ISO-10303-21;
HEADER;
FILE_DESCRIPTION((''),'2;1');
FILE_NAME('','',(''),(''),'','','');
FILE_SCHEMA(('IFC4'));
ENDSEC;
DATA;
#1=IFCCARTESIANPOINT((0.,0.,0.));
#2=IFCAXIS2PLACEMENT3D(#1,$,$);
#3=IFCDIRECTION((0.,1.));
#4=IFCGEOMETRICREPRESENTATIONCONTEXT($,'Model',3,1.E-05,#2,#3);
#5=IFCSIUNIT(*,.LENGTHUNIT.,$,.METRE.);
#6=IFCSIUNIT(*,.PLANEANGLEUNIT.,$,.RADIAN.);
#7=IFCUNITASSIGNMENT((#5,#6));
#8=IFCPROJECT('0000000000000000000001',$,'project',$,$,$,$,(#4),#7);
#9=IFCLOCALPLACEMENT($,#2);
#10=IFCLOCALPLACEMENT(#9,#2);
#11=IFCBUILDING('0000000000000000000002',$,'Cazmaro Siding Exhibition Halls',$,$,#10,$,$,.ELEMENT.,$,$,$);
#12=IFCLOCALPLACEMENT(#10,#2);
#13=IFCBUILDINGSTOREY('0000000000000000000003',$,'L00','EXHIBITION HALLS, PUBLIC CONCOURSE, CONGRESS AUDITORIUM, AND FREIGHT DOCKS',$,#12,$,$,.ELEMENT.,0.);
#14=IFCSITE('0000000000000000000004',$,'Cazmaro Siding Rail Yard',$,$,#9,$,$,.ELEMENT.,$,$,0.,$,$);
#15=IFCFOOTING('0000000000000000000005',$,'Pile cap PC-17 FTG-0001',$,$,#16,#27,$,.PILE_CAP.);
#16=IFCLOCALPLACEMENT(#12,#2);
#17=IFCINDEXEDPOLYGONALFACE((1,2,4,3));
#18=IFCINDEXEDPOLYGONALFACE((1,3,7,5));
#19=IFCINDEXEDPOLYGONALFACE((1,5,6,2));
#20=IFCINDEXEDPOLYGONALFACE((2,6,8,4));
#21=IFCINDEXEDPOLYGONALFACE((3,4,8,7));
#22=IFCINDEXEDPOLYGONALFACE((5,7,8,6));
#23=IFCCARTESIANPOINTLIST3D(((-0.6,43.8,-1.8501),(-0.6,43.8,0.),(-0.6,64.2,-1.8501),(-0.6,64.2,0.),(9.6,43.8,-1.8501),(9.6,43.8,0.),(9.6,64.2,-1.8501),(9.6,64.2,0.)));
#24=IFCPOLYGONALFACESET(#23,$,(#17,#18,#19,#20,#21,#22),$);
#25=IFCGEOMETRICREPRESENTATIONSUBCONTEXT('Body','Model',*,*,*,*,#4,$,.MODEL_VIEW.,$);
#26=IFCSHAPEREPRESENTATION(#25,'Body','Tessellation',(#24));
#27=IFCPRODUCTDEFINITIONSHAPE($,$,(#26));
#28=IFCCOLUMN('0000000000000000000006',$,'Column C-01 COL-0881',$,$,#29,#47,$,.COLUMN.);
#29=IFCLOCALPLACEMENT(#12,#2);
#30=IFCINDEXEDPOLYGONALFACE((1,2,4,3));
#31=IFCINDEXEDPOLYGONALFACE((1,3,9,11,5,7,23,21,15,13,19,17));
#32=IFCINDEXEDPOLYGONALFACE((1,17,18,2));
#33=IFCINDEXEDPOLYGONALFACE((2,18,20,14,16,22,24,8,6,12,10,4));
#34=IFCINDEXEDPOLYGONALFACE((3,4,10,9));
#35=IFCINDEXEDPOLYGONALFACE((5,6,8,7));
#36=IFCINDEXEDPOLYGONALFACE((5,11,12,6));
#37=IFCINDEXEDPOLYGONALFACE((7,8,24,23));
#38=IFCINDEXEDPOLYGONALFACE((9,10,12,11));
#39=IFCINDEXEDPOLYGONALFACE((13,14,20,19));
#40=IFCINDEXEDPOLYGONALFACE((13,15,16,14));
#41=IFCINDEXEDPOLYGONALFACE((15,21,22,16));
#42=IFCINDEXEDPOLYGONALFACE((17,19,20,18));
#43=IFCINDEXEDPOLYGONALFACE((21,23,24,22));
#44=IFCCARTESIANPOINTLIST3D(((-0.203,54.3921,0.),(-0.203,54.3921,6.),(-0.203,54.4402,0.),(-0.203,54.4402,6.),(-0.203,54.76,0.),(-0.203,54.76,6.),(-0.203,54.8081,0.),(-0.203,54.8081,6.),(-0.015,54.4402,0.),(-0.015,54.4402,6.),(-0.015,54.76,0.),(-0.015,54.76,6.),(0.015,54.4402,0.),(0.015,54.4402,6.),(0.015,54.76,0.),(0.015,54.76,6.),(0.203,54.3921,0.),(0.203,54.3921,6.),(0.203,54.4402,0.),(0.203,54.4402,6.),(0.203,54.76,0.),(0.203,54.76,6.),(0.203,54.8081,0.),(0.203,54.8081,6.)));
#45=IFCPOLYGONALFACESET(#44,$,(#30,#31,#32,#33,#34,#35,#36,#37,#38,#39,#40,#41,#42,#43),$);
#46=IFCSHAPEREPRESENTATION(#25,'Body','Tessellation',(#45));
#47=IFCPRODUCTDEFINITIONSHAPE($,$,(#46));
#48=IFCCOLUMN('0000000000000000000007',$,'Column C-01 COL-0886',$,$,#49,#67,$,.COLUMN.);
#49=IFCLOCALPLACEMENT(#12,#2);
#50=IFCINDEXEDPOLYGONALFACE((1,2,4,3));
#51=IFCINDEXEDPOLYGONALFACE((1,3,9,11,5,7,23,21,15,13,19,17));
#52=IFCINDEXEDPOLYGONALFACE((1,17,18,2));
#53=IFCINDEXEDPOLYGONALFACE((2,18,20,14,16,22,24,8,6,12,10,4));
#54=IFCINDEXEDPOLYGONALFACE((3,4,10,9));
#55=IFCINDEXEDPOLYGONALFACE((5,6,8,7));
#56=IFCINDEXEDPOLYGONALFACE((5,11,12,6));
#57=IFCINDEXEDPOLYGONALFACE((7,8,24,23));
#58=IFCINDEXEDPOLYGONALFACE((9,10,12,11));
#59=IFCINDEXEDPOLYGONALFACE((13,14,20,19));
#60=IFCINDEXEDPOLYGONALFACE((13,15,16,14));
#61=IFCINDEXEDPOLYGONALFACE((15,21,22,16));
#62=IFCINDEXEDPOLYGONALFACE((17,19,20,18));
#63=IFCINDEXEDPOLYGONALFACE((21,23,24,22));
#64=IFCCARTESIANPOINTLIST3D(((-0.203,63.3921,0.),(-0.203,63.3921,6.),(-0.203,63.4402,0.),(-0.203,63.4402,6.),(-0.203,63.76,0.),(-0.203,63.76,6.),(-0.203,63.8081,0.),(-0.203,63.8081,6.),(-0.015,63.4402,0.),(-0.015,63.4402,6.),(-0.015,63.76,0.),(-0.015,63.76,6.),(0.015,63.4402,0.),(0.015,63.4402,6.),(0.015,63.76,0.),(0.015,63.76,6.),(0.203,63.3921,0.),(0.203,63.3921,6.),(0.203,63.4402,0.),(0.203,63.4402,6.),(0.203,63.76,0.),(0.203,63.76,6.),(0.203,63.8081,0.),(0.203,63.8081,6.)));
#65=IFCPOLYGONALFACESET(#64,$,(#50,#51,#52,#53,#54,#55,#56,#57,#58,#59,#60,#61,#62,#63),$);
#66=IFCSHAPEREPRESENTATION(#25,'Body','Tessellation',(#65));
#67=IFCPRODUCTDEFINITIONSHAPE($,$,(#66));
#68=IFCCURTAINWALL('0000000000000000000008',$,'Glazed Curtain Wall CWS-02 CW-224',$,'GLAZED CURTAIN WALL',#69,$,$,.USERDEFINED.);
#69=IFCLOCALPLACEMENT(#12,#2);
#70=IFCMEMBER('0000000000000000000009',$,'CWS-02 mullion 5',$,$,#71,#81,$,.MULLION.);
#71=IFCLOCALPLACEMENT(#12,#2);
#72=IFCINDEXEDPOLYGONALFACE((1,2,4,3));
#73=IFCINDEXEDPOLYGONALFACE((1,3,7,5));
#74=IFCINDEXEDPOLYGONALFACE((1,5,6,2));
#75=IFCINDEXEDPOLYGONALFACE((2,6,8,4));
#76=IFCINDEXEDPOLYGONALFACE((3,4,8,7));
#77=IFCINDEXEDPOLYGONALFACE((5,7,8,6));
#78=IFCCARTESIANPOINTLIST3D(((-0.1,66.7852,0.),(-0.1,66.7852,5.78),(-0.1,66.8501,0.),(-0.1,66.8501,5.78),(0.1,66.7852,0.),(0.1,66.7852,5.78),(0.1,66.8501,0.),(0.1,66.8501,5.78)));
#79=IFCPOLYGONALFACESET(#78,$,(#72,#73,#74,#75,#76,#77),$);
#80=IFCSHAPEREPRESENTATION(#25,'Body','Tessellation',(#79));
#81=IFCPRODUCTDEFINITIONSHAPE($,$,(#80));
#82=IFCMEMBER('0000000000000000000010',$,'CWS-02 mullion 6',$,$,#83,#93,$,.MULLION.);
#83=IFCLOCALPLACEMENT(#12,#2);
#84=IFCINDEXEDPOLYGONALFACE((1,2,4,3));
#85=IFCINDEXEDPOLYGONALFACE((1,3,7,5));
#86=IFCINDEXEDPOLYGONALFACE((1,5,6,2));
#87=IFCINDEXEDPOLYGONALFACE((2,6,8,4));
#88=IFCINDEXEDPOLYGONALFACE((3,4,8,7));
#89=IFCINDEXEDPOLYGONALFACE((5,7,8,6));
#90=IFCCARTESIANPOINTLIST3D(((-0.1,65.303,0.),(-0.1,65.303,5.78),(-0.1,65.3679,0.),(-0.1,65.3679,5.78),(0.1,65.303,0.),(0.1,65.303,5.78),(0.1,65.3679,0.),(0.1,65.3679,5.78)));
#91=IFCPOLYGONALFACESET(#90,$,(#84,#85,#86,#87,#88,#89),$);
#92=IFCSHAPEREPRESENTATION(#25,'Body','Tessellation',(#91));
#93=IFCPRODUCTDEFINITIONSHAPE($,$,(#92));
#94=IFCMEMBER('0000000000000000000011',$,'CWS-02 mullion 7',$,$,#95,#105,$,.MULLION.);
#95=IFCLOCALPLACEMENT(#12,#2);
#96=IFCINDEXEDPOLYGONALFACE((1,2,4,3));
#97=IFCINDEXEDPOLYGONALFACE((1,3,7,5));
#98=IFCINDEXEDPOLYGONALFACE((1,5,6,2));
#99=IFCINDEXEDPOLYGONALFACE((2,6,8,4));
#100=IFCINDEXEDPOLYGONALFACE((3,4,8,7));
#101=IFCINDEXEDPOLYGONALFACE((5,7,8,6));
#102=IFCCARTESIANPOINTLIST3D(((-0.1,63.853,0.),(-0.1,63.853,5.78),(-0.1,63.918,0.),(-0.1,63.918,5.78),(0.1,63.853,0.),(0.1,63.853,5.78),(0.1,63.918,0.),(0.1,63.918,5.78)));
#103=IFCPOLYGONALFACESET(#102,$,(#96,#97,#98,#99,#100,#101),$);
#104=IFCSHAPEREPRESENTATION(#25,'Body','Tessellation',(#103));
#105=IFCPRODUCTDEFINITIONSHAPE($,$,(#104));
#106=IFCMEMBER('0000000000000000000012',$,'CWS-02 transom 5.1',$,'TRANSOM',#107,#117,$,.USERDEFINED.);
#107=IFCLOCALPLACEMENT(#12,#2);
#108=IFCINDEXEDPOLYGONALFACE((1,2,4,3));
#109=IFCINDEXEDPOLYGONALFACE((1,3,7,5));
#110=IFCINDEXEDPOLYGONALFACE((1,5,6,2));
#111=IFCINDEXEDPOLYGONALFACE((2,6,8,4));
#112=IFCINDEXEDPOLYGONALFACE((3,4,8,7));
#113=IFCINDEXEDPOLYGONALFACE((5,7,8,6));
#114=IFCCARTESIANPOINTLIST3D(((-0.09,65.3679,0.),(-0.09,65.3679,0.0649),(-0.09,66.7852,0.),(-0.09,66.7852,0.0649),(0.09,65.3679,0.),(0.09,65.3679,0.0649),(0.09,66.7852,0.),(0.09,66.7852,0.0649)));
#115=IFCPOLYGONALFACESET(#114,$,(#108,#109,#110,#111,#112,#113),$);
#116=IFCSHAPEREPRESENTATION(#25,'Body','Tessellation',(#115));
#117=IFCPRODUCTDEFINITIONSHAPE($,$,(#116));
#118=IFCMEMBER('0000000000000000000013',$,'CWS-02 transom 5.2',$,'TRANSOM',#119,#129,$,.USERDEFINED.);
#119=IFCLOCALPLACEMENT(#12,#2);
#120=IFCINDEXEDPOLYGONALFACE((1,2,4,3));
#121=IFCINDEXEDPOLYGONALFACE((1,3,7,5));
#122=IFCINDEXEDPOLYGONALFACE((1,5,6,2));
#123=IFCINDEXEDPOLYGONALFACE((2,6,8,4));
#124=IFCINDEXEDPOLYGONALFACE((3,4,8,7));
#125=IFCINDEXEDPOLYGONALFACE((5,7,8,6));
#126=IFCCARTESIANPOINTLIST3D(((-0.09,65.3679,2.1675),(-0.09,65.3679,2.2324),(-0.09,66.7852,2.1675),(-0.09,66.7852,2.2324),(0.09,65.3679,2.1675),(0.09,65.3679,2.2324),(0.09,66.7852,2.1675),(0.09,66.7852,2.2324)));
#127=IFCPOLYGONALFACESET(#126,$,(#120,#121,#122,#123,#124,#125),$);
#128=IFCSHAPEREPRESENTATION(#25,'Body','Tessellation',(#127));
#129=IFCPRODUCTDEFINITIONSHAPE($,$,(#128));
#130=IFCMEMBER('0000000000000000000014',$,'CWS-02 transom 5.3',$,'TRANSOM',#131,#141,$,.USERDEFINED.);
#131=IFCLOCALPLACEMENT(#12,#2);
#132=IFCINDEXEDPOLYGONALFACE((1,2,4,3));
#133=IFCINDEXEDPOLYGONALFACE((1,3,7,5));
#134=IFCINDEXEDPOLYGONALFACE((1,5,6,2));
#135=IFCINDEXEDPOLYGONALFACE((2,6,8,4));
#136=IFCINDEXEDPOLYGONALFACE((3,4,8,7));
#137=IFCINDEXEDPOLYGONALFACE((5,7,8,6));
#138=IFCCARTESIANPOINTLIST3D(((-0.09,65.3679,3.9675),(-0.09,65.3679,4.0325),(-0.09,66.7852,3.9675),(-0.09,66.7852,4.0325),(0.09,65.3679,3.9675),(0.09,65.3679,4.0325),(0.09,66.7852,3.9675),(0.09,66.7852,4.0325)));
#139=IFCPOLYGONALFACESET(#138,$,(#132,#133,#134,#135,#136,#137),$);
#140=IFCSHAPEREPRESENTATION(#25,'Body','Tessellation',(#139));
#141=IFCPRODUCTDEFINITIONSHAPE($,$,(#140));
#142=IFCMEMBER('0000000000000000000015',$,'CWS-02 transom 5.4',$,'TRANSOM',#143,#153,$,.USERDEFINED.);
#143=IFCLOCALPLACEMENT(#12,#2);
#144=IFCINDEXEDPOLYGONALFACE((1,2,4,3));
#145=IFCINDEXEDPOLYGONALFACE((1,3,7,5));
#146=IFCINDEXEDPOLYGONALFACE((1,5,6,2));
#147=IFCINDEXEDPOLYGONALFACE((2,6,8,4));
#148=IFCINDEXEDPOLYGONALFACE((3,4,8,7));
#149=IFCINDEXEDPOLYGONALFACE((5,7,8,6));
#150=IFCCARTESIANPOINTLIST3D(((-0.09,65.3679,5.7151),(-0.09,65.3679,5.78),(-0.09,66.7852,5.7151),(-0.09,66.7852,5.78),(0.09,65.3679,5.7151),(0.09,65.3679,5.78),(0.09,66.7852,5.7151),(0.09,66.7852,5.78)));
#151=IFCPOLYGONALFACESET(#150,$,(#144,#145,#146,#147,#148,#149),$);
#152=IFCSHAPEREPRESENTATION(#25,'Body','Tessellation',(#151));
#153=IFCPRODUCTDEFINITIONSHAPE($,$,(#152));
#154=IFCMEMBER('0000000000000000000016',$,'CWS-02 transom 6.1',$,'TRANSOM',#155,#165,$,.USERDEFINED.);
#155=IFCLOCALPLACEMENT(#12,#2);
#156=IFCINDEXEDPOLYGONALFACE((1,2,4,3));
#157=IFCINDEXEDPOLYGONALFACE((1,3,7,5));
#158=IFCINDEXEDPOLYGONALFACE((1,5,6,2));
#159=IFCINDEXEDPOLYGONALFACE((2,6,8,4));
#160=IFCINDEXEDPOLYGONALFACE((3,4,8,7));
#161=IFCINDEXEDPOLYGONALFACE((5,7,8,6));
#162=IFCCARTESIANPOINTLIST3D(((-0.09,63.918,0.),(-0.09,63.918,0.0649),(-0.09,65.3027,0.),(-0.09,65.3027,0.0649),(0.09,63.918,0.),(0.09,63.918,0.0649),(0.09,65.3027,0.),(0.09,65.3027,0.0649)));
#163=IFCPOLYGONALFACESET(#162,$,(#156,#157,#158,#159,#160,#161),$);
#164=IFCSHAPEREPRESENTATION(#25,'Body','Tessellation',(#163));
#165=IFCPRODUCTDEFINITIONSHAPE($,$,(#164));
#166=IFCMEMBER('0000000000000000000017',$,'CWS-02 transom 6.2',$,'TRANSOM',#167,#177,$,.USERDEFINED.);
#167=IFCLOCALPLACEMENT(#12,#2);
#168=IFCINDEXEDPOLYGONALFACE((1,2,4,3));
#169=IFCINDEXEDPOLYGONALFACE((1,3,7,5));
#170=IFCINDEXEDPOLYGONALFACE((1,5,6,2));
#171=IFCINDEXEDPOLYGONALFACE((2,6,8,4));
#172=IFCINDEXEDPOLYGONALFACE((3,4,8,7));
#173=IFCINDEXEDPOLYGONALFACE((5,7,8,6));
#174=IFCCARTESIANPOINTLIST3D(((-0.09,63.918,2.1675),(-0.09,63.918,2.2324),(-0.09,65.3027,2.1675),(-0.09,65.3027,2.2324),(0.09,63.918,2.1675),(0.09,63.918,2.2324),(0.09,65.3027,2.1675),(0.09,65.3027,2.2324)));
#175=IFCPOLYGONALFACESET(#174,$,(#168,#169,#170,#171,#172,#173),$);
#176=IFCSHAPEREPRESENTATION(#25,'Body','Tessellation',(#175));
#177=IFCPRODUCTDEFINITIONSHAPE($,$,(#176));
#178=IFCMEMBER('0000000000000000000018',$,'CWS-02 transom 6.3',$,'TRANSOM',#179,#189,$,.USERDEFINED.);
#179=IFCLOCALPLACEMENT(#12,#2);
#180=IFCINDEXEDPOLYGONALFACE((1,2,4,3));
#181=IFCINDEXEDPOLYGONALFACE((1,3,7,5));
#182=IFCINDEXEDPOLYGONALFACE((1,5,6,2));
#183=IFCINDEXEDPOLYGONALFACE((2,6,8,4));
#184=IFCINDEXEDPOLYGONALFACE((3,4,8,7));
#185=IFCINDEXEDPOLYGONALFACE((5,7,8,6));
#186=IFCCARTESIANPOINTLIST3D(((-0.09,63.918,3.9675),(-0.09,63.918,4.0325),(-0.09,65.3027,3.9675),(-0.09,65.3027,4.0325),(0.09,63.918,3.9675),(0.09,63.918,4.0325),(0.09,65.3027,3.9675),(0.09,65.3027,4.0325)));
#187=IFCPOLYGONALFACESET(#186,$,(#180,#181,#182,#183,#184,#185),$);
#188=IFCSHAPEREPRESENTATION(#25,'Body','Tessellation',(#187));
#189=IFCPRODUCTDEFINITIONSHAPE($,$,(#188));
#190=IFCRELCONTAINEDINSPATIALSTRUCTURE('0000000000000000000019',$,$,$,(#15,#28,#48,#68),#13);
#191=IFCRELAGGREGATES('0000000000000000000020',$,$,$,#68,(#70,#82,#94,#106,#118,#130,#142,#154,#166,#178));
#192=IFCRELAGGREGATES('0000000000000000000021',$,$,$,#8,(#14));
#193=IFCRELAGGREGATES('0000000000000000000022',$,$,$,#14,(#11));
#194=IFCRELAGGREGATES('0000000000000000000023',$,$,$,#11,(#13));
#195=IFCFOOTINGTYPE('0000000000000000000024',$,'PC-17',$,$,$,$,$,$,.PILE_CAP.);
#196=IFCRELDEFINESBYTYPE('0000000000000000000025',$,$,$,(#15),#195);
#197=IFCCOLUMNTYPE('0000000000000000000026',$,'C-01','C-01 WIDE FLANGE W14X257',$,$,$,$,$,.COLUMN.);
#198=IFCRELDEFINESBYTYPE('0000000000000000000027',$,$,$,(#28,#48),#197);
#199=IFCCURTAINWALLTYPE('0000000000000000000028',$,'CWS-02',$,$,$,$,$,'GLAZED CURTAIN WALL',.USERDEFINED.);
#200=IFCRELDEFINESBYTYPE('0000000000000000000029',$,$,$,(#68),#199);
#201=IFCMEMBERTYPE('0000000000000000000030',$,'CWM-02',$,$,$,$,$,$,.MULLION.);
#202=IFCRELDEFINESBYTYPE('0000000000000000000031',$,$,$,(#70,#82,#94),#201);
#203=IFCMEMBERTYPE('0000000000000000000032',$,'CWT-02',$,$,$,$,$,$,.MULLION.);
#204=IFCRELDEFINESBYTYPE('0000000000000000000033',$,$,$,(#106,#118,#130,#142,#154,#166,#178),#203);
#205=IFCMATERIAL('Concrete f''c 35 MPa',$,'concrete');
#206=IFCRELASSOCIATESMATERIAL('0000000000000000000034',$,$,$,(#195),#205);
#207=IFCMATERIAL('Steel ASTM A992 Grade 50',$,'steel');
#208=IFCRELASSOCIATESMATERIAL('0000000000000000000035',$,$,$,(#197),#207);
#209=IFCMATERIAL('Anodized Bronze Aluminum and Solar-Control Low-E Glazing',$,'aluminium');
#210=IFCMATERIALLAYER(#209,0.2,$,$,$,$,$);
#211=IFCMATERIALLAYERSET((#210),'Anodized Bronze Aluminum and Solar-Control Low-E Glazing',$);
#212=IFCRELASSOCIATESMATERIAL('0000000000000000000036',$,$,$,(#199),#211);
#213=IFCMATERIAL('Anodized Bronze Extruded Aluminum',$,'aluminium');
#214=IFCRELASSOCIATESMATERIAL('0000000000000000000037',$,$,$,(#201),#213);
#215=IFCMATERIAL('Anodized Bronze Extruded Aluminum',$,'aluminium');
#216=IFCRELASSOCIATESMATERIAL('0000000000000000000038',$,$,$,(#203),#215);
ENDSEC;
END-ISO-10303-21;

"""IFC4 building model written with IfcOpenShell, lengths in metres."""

from ifc_helpers import new_model, si_unit, direction, frame, origin, origin_2d, place, context, subcontext, project, spatial, rectangle, i_section, extrude, material, layer, layer_set, material_profile, profile_set, type_object, element, aggregate, save


model = new_model("IFC4")

# Units and contexts
model_context = context("Model", 3, precision=1e-05, world=origin(), true_north=direction((0.0, 1.0)))
body_context = subcontext(model_context, "Body", "Model", "MODEL_VIEW")
ifc_project = project(units=[si_unit("LENGTHUNIT", "METRE"), si_unit("PLANEANGLEUNIT", "RADIAN")], contexts=[model_context])

# Site, building, storey
site_placement = place(None, origin())
site = spatial("IfcSite", under=ifc_project, at=site_placement, Name="Cazmaro Siding Rail Yard", CompositionType="ELEMENT", RefElevation=0.0)
building_placement = place(site_placement, origin())
building = spatial("IfcBuilding", under=site, at=building_placement, Name="Cazmaro Siding Exhibition Halls", CompositionType="ELEMENT")
storey_placement = place(building_placement, origin())
storey = spatial("IfcBuildingStorey", under=building, at=storey_placement, Name="L00", Description="EXHIBITION HALLS, PUBLIC CONCOURSE, CONGRESS AUDITORIUM, AND FREIGHT DOCKS", CompositionType="ELEMENT", Elevation=0.0)

# Footing
ifc_material_1 = material(Name="Concrete f'c 35 MPa", Category="concrete")
footing_type = type_object("IfcFootingType", Name="PC-17", PredefinedType="PILE_CAP", material=ifc_material_1)
footing_placement = place(storey_placement, frame((4.5, 54.0, -1.8501), z_axis=(0.0, 0.0, 1.0), x_axis=(1.0, 0.0, 0.0)))
element("IfcFooting", 1, at=footing_placement, inside=storey, type_object=footing_type, Name="Pile cap PC-17 FTG-0001", PredefinedType="PILE_CAP", context=body_context, shape_type="SweptSolid", body=[
    extrude(rectangle(XDim=10.2, YDim=20.3999, at=origin_2d()), origin(), (0.0, 0.0, 1.0), 1.8501),
])

# Columns
ifc_material_2 = material(Name="Steel ASTM A992 Grade 50", Category="steel")
ifc_material_profile_1 = material_profile(ifc_material_2, i_section(OverallWidth=0.406, OverallDepth=0.416, WebThickness=0.03, FlangeThickness=0.0481, at=origin_2d()), Name="W14X257")
ifc_profile_set_1 = profile_set([ifc_material_profile_1], Name="Steel ASTM A992 Grade 50")
column_type = type_object("IfcColumnType", Name="C-01", Description="C-01 WIDE FLANGE W14X257", PredefinedType="COLUMN", material=ifc_profile_set_1)
for number, where, z_axis, x_axis, name in (
    (2, (0.0, 54.6001, 0.0), (0.0, 0.0, 1.0), (1.0, 0.0, 0.0), "Column C-01 COL-0881"),
    (3, (0.0, 63.6001, 0.0), (0.0, 0.0, 1.0), (1.0, 0.0, 0.0), "Column C-01 COL-0886"),
):
    element("IfcColumn", number, at=place(storey_placement, frame(where, z_axis=z_axis, x_axis=x_axis)), inside=storey, type_object=column_type, Name=name, PredefinedType="COLUMN", context=body_context, shape_type="SweptSolid", body=[
        extrude(i_section(OverallWidth=0.406, OverallDepth=0.416, WebThickness=0.03, FlangeThickness=0.0481, at=origin_2d()), origin(), (0.0, 0.0, 1.0), 6.0),
    ])

# Curtain wall, members
ifc_material_3 = material(Name="Anodized Bronze Aluminum and Solar-Control Low-E Glazing", Category="aluminium")
ifc_layer_1 = layer(ifc_material_3, 0.2)
ifc_layer_set_1 = layer_set([ifc_layer_1], Name="Anodized Bronze Aluminum and Solar-Control Low-E Glazing")
curtain_wall_type = type_object("IfcCurtainWallType", Name="CWS-02", ElementType="GLAZED CURTAIN WALL", PredefinedType="USERDEFINED", material=ifc_layer_set_1)
curtain_wall_placement = place(storey_placement, origin())
curtain_wall = element("IfcCurtainWall", 4, at=curtain_wall_placement, inside=storey, type_object=curtain_wall_type, Name="Glazed Curtain Wall CWS-02 CW-224", ObjectType="GLAZED CURTAIN WALL", PredefinedType="USERDEFINED")
ifc_material_4 = material(Name="Anodized Bronze Extruded Aluminum", Category="aluminium")
ifc_material_profile_2 = material_profile(ifc_material_4, rectangle(XDim=0.2, YDim=0.0649, at=origin_2d()), Name="CWM-02")
ifc_profile_set_2 = profile_set([ifc_material_profile_2], Name="Anodized Bronze Extruded Aluminum")
member_type_1 = type_object("IfcMemberType", Name="CWM-02", PredefinedType="MULLION", material=ifc_profile_set_2)
member_1_placement = place(storey_placement, frame((0.0, 66.8176, 0.0), z_axis=(0.0, 0.0, 1.0), x_axis=(1.0, 0.0, 0.0)))
member_1 = element("IfcMember", 5, at=member_1_placement, type_object=member_type_1, Name="CWS-02 mullion 5", PredefinedType="MULLION", context=body_context, shape_type="SweptSolid", body=[
    extrude(rectangle(XDim=0.2, YDim=0.0649, at=origin_2d()), origin(), (0.0, 0.0, 1.0), 5.78),
])
member_2_placement = place(storey_placement, frame((0.0, 65.3354, 0.0), z_axis=(0.0, 0.0, 1.0), x_axis=(1.0, 0.0, 0.0)))
member_2 = element("IfcMember", 6, at=member_2_placement, type_object=member_type_1, Name="CWS-02 mullion 6", PredefinedType="MULLION", context=body_context, shape_type="SweptSolid", body=[
    extrude(rectangle(XDim=0.2, YDim=0.0649, at=origin_2d()), origin(), (0.0, 0.0, 1.0), 5.78),
])
member_3_placement = place(storey_placement, frame((0.0, 63.8855, 0.0), z_axis=(0.0, 0.0, 1.0), x_axis=(1.0, 0.0, 0.0)))
member_3 = element("IfcMember", 7, at=member_3_placement, type_object=member_type_1, Name="CWS-02 mullion 7", PredefinedType="MULLION", context=body_context, shape_type="SweptSolid", body=[
    extrude(rectangle(XDim=0.2, YDim=0.0649, at=origin_2d()), origin(), (0.0, 0.0, 1.0), 5.78),
])
ifc_material_5 = material(Name="Anodized Bronze Extruded Aluminum", Category="aluminium")
ifc_material_profile_3 = material_profile(ifc_material_5, rectangle(XDim=0.1799, YDim=0.0649, at=origin_2d()), Name="CWT-02")
ifc_profile_set_3 = profile_set([ifc_material_profile_3], Name="Anodized Bronze Extruded Aluminum")
member_type_2 = type_object("IfcMemberType", Name="CWT-02", PredefinedType="MULLION", material=ifc_profile_set_3)
member_4_placement = place(storey_placement, frame((0.0, 66.7852, 0.0325), z_axis=(0.0, -1.0, 0.0), x_axis=(1.0, 0.0, 0.0)))
member_4 = element("IfcMember", 8, at=member_4_placement, type_object=member_type_2, Name="CWS-02 transom 5.1", ObjectType="TRANSOM", PredefinedType="USERDEFINED", context=body_context, shape_type="SweptSolid", body=[
    extrude(rectangle(XDim=0.1799, YDim=0.0649, at=origin_2d()), origin(), (0.0, 0.0, 1.0), 1.4172),
])
member_5_placement = place(storey_placement, frame((0.0, 66.7852, 2.2), z_axis=(0.0, -1.0, 0.0), x_axis=(1.0, 0.0, 0.0)))
member_5 = element("IfcMember", 9, at=member_5_placement, type_object=member_type_2, Name="CWS-02 transom 5.2", ObjectType="TRANSOM", PredefinedType="USERDEFINED", context=body_context, shape_type="SweptSolid", body=[
    extrude(rectangle(XDim=0.1799, YDim=0.0649, at=origin_2d()), origin(), (0.0, 0.0, 1.0), 1.4172),
])
member_6_placement = place(storey_placement, frame((0.0, 66.7852, 4.0), z_axis=(0.0, -1.0, 0.0), x_axis=(1.0, 0.0, 0.0)))
member_6 = element("IfcMember", 10, at=member_6_placement, type_object=member_type_2, Name="CWS-02 transom 5.3", ObjectType="TRANSOM", PredefinedType="USERDEFINED", context=body_context, shape_type="SweptSolid", body=[
    extrude(rectangle(XDim=0.1799, YDim=0.0649, at=origin_2d()), origin(), (0.0, 0.0, 1.0), 1.4172),
])
member_7_placement = place(storey_placement, frame((0.0, 66.7852, 5.7476), z_axis=(0.0, -1.0, 0.0), x_axis=(1.0, 0.0, 0.0)))
member_7 = element("IfcMember", 11, at=member_7_placement, type_object=member_type_2, Name="CWS-02 transom 5.4", ObjectType="TRANSOM", PredefinedType="USERDEFINED", context=body_context, shape_type="SweptSolid", body=[
    extrude(rectangle(XDim=0.1799, YDim=0.0649, at=origin_2d()), origin(), (0.0, 0.0, 1.0), 1.4172),
])
member_8_placement = place(storey_placement, frame((0.0, 65.3027, 0.0325), z_axis=(0.0, -1.0, 0.0), x_axis=(1.0, 0.0, 0.0)))
member_8 = element("IfcMember", 12, at=member_8_placement, type_object=member_type_2, Name="CWS-02 transom 6.1", ObjectType="TRANSOM", PredefinedType="USERDEFINED", context=body_context, shape_type="SweptSolid", body=[
    extrude(rectangle(XDim=0.1799, YDim=0.0649, at=origin_2d()), origin(), (0.0, 0.0, 1.0), 1.3848),
])
member_9_placement = place(storey_placement, frame((0.0, 65.3027, 2.2), z_axis=(0.0, -1.0, 0.0), x_axis=(1.0, 0.0, 0.0)))
member_9 = element("IfcMember", 13, at=member_9_placement, type_object=member_type_2, Name="CWS-02 transom 6.2", ObjectType="TRANSOM", PredefinedType="USERDEFINED", context=body_context, shape_type="SweptSolid", body=[
    extrude(rectangle(XDim=0.1799, YDim=0.0649, at=origin_2d()), origin(), (0.0, 0.0, 1.0), 1.3848),
])
member_10_placement = place(storey_placement, frame((0.0, 65.3027, 4.0), z_axis=(0.0, -1.0, 0.0), x_axis=(1.0, 0.0, 0.0)))
member_10 = element("IfcMember", 14, at=member_10_placement, type_object=member_type_2, Name="CWS-02 transom 6.3", ObjectType="TRANSOM", PredefinedType="USERDEFINED", context=body_context, shape_type="SweptSolid", body=[
    extrude(rectangle(XDim=0.1799, YDim=0.0649, at=origin_2d()), origin(), (0.0, 0.0, 1.0), 1.3848),
])
aggregate(curtain_wall, [member_1, member_2, member_3, member_4, member_5, member_6, member_7, member_8, member_9, member_10])

save(model, "model.ifc")
